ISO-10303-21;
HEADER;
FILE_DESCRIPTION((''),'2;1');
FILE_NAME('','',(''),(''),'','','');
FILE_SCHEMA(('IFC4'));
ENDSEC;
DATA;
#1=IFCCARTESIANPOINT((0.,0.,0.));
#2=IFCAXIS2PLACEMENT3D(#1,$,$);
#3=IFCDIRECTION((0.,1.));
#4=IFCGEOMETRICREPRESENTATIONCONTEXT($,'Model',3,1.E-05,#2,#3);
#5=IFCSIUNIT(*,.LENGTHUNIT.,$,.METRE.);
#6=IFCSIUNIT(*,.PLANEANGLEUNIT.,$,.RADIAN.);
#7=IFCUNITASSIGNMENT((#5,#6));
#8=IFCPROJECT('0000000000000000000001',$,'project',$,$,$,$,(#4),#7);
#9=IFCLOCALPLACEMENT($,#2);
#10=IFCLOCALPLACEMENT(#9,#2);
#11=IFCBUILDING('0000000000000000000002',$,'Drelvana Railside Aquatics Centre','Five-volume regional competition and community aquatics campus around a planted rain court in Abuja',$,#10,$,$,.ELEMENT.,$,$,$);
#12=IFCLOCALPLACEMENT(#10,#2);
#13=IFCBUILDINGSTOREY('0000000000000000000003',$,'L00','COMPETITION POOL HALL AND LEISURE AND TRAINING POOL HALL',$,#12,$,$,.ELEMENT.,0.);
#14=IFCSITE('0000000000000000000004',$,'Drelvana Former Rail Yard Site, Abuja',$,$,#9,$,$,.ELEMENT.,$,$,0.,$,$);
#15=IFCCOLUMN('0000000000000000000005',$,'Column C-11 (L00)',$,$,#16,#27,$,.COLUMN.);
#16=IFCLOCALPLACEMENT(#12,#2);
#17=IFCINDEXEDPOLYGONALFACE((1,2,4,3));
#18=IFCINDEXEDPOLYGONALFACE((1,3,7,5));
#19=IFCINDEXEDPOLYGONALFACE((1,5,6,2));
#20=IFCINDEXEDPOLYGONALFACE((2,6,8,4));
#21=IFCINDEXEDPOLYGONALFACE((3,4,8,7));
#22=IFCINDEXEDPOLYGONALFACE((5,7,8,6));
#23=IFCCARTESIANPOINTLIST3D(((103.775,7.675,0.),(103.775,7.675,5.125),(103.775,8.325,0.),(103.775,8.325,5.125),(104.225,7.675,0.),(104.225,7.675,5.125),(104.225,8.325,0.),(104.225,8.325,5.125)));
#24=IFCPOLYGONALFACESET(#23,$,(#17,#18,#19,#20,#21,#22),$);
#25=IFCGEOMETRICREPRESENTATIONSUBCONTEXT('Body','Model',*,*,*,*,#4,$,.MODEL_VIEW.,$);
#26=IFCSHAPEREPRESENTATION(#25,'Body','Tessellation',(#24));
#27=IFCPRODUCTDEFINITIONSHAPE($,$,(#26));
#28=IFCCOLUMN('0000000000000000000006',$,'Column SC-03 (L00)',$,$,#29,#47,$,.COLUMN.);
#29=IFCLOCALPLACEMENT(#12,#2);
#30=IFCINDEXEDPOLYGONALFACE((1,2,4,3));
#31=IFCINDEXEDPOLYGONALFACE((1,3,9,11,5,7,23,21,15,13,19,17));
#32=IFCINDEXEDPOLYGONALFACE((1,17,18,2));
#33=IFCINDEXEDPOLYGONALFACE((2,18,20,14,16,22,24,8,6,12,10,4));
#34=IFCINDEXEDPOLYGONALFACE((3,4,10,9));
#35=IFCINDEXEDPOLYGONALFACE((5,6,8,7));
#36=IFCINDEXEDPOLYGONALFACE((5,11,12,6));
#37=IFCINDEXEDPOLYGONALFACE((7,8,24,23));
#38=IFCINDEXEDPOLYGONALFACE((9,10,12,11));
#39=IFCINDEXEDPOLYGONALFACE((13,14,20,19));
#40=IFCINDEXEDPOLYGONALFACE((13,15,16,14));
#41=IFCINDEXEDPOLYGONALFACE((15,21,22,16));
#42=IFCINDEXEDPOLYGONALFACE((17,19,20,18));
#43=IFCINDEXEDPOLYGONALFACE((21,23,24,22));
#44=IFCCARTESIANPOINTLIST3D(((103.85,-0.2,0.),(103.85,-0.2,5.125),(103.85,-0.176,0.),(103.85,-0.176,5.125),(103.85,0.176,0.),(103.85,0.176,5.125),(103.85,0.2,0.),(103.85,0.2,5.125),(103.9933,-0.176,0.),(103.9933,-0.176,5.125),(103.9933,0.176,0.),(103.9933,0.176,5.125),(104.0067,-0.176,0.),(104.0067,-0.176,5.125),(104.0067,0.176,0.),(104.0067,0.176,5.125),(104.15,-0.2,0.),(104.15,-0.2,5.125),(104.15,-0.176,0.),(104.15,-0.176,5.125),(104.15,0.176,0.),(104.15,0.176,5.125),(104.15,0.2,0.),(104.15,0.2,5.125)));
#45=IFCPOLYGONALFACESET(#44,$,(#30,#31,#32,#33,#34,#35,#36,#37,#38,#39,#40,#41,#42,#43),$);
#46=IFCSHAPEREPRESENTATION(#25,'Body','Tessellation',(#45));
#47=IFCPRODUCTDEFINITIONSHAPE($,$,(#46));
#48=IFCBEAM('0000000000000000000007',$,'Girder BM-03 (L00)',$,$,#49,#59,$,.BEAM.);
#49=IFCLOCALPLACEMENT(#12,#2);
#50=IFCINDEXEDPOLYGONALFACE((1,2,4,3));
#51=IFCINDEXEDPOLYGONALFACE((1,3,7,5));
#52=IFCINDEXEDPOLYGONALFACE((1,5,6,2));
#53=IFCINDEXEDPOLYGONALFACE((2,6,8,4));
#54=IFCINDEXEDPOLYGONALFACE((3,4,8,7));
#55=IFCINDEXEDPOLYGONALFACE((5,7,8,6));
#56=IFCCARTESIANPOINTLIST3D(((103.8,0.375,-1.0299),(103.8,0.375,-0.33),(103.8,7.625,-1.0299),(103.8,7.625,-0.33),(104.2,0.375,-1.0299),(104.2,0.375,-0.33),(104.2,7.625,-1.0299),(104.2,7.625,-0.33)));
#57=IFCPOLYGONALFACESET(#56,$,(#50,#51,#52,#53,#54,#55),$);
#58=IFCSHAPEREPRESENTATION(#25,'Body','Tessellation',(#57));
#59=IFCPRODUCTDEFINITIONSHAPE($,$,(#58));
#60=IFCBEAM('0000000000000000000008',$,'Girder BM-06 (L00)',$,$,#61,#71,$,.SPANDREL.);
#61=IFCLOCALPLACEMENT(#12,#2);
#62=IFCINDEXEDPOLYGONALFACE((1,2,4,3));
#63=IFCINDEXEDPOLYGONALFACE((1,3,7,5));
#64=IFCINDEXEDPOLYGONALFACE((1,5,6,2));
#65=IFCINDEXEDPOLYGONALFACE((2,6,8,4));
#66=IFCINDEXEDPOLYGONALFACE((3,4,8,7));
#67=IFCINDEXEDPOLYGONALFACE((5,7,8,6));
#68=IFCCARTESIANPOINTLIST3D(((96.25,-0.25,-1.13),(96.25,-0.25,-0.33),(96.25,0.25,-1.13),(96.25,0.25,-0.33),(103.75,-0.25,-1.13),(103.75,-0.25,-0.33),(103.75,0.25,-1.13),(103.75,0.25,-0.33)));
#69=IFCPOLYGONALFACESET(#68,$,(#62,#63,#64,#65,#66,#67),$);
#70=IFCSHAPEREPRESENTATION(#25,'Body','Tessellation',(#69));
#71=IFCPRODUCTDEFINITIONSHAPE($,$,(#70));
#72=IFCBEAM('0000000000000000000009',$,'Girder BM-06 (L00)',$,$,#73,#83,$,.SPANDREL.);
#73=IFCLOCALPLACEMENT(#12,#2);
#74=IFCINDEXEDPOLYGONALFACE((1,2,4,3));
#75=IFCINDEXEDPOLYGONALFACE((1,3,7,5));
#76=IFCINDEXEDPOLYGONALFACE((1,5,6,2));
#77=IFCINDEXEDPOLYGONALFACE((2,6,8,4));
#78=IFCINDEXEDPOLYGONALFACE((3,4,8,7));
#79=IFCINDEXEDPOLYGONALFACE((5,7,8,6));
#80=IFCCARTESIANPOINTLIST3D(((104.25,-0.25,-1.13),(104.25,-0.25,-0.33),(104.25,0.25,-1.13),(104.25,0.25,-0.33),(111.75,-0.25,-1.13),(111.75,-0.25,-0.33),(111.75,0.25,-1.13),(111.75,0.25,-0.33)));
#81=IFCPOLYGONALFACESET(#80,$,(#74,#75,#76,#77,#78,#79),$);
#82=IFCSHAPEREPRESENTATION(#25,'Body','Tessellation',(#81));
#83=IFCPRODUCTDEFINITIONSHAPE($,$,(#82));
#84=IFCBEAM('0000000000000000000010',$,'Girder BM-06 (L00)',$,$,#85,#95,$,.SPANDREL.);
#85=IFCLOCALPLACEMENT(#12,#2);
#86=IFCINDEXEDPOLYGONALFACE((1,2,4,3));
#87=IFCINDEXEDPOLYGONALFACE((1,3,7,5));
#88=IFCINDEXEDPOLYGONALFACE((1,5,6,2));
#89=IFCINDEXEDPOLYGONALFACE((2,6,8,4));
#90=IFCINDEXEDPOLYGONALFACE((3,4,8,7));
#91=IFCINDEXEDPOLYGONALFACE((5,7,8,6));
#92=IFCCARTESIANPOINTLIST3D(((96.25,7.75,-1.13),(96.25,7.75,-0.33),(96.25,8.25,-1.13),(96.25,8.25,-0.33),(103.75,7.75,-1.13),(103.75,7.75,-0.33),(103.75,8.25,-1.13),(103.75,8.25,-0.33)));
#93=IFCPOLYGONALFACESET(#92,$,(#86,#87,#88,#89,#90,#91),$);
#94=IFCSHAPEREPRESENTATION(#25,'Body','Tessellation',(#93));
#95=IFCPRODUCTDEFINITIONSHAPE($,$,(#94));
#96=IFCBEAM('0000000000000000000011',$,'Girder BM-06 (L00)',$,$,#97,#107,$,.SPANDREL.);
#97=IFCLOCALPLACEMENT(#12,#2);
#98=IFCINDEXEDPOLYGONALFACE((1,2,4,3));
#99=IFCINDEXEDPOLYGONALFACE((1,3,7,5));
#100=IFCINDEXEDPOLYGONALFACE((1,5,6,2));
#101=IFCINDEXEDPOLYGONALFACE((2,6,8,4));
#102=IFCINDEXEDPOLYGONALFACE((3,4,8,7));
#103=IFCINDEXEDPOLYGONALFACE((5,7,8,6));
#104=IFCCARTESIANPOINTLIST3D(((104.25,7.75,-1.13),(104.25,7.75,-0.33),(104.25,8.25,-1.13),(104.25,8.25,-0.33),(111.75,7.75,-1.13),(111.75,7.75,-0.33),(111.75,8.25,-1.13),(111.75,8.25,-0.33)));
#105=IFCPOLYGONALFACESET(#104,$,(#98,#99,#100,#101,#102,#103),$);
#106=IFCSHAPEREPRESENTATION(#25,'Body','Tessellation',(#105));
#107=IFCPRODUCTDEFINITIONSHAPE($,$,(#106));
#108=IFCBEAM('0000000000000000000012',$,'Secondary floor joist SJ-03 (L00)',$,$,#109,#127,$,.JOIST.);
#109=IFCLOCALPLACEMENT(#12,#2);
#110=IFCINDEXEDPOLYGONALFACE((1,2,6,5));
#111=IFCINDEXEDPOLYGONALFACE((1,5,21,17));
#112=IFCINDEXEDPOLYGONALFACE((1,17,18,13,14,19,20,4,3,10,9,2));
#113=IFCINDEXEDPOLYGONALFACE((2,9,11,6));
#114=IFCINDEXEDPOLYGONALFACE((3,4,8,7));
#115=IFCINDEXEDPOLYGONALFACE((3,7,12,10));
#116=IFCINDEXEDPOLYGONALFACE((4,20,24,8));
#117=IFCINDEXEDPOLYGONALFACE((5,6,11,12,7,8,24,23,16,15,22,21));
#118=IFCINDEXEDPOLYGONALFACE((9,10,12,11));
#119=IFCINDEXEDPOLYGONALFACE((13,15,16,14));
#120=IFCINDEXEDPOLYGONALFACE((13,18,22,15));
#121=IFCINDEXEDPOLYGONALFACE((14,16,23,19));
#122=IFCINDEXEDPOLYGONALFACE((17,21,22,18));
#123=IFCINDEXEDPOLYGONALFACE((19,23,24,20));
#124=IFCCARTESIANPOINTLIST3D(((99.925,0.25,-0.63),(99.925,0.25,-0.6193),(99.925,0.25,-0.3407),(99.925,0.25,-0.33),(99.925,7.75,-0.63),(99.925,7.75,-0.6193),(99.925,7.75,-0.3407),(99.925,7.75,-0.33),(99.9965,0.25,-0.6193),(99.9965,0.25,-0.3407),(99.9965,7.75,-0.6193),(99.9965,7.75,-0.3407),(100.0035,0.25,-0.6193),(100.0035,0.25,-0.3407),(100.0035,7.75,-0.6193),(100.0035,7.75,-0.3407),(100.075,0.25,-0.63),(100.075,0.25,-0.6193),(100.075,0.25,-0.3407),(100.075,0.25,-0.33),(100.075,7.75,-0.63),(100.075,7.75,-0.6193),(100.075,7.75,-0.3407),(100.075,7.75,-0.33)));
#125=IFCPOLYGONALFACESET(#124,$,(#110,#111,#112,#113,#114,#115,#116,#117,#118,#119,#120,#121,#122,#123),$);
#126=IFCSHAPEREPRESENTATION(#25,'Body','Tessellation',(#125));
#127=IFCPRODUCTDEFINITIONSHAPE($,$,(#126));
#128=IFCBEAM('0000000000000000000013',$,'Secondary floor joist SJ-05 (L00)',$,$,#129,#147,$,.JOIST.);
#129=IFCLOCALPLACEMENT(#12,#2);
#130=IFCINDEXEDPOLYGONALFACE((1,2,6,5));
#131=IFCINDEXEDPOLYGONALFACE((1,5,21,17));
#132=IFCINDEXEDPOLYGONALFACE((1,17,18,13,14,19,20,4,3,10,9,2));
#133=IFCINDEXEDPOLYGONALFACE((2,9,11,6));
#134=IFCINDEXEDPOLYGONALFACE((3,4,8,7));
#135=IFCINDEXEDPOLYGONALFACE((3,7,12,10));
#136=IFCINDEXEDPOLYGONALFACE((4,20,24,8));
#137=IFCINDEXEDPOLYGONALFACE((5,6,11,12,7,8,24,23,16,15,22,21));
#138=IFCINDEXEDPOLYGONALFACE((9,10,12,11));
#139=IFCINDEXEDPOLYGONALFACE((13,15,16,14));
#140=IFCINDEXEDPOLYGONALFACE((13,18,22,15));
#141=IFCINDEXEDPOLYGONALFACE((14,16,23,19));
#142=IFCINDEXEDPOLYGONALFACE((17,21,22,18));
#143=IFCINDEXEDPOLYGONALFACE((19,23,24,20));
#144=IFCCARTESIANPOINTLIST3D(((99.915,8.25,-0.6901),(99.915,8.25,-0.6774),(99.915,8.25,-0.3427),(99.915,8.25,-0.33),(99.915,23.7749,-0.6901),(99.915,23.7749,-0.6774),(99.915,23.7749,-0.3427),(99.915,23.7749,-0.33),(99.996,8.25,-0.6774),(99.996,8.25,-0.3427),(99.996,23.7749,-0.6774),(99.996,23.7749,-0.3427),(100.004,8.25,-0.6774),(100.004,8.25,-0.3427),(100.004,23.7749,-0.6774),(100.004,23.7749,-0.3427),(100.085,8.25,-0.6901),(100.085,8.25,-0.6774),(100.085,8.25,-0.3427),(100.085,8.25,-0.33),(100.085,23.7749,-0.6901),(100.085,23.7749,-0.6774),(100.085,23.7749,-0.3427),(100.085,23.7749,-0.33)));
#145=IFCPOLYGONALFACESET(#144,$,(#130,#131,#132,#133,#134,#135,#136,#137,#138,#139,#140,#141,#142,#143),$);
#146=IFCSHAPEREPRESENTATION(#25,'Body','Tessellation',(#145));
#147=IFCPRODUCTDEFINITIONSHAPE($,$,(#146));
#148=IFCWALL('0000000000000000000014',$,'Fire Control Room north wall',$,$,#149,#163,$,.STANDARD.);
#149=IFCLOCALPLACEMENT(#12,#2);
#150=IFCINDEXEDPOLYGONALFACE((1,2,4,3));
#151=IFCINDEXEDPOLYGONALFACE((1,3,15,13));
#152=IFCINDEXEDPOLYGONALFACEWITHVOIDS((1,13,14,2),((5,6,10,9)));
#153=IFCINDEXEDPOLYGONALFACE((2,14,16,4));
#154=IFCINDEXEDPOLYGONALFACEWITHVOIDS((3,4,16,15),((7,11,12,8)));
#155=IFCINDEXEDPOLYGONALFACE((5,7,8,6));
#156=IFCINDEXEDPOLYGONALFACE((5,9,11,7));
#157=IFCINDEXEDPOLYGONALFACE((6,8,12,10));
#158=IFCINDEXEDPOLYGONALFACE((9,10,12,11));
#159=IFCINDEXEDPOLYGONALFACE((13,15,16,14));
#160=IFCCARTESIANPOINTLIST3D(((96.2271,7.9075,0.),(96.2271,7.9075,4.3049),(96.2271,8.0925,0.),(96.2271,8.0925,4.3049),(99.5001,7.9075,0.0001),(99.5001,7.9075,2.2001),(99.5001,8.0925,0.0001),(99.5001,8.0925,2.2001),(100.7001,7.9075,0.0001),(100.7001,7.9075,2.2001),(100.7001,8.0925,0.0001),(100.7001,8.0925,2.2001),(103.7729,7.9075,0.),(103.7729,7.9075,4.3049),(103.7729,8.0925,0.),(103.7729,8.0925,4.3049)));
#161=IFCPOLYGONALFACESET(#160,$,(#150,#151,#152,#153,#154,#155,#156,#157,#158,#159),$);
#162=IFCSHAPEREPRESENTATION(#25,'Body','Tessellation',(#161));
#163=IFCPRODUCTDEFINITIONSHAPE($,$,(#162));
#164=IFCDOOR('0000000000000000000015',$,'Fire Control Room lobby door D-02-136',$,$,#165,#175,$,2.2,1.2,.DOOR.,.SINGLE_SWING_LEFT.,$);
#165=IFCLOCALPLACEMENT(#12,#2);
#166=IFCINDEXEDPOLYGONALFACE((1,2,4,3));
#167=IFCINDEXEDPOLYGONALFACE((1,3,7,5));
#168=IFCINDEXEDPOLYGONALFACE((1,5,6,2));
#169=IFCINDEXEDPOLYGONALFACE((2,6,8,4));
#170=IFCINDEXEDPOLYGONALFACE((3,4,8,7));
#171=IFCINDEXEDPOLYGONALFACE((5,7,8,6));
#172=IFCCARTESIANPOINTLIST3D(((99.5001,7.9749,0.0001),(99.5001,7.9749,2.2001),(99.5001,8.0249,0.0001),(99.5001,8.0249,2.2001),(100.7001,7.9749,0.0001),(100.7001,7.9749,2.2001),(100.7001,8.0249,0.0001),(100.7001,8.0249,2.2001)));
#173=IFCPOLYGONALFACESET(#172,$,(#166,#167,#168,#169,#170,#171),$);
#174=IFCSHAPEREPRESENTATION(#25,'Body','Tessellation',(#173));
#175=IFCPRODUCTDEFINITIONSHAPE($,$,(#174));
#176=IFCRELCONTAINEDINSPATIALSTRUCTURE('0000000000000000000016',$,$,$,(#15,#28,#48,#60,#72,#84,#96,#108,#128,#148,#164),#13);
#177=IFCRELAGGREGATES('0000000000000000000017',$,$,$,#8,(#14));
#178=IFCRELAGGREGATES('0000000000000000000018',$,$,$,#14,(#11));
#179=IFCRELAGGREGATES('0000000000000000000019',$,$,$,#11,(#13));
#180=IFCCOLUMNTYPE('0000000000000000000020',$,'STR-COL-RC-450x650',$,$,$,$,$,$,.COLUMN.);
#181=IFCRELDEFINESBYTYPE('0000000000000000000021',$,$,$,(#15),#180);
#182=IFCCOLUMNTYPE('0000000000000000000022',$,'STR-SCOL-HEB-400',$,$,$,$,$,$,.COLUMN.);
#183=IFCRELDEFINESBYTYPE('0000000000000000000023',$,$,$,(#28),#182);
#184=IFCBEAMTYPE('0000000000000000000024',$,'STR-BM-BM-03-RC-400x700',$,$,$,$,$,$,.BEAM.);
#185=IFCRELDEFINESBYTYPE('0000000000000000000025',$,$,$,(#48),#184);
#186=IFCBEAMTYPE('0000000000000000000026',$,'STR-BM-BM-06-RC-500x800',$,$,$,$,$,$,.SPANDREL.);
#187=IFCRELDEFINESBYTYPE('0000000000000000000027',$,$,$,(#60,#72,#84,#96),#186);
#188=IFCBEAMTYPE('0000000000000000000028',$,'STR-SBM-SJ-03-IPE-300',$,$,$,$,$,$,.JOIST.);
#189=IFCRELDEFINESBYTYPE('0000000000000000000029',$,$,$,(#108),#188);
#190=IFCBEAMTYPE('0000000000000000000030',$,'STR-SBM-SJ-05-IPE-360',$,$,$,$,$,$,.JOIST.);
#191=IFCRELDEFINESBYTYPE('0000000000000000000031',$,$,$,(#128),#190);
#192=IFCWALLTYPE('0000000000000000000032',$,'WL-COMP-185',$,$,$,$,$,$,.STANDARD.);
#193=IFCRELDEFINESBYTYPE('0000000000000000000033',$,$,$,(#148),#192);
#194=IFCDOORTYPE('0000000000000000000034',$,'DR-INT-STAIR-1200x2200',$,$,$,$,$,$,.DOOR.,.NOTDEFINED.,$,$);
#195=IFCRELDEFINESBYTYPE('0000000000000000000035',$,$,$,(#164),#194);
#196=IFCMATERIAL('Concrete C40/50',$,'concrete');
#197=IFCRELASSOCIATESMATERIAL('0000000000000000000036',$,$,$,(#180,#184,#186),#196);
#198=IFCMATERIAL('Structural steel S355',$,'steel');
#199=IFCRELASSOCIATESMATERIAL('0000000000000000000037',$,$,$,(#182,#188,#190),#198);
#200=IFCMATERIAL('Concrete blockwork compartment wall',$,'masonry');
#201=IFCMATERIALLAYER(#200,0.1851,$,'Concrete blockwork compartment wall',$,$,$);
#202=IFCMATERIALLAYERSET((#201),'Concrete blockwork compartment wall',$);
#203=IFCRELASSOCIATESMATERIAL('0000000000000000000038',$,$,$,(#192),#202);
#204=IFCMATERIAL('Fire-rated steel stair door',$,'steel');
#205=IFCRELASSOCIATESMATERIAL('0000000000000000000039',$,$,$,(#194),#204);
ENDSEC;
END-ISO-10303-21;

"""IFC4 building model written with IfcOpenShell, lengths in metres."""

from ifc_helpers import new_model, si_unit, direction, frame, frame_2d, origin, origin_2d, place, context, subcontext, project, spatial, rectangle, i_section, extrude, material, layer, layer_set, material_profile, profile_set, type_object, element, fill, save


model = new_model("IFC4")

# Units and contexts
model_context = context("Model", 3, precision=1e-05, world=origin(), true_north=direction((0.0, 1.0)))
body_context = subcontext(model_context, "Body", "Model", "MODEL_VIEW")
ifc_project = project(units=[si_unit("LENGTHUNIT", "METRE"), si_unit("PLANEANGLEUNIT", "RADIAN")], contexts=[model_context])

# Site, building, storey
site_placement = place(None, origin())
site = spatial("IfcSite", under=ifc_project, at=site_placement, Name="Drelvana Former Rail Yard Site, Abuja", CompositionType="ELEMENT", RefElevation=0.0)
building_placement = place(site_placement, origin())
building = spatial("IfcBuilding", under=site, at=building_placement, Name="Drelvana Railside Aquatics Centre", Description="Five-volume regional competition and community aquatics campus around a planted rain court in Abuja", CompositionType="ELEMENT")
storey_placement = place(building_placement, origin())
storey = spatial("IfcBuildingStorey", under=building, at=storey_placement, Name="L00", Description="COMPETITION POOL HALL AND LEISURE AND TRAINING POOL HALL", CompositionType="ELEMENT", Elevation=0.0)

# Columns
ifc_material_1 = material(Name="Concrete C40/50", Category="concrete")
ifc_material_profile_1 = material_profile(ifc_material_1, rectangle(XDim=0.45, YDim=0.6499, at=origin_2d()), Name="RC 450x650")
ifc_profile_set_1 = profile_set([ifc_material_profile_1], Name="Concrete C40/50")
column_type_1 = type_object("IfcColumnType", Name="STR-COL-RC-450x650", PredefinedType="COLUMN", material=ifc_profile_set_1)
column_1_placement = place(storey_placement, frame((104.0, 8.0, 0.0), z_axis=(0.0, 0.0, 1.0), x_axis=(1.0, 0.0, 0.0)))
element("IfcColumn", 1, at=column_1_placement, inside=storey, type_object=column_type_1, Name="Column C-11 (L00)", PredefinedType="COLUMN", context=body_context, shape_type="SweptSolid", body=[
    extrude(rectangle(XDim=0.45, YDim=0.6499, at=origin_2d()), origin(), (0.0, 0.0, 1.0), 5.125),
])
ifc_material_2 = material(Name="Structural steel S355", Category="steel")
ifc_material_profile_2 = material_profile(ifc_material_2, i_section(OverallWidth=0.3, OverallDepth=0.3999, WebThickness=0.0134, FlangeThickness=0.0239, at=origin_2d()), Name="HEB 400")
ifc_profile_set_2 = profile_set([ifc_material_profile_2], Name="Structural steel S355")
column_type_2 = type_object("IfcColumnType", Name="STR-SCOL-HEB-400", PredefinedType="COLUMN", material=ifc_profile_set_2)
column_2_placement = place(storey_placement, frame((104.0, 0.0, 0.0), z_axis=(0.0, 0.0, 1.0), x_axis=(1.0, 0.0, 0.0)))
element("IfcColumn", 2, at=column_2_placement, inside=storey, type_object=column_type_2, Name="Column SC-03 (L00)", PredefinedType="COLUMN", context=body_context, shape_type="SweptSolid", body=[
    extrude(i_section(OverallWidth=0.3, OverallDepth=0.3999, WebThickness=0.0134, FlangeThickness=0.0239, at=origin_2d()), origin(), (0.0, 0.0, 1.0), 5.125),
])

# Beams
ifc_material_profile_3 = material_profile(ifc_material_1, rectangle(XDim=0.3999, YDim=0.7, at=origin_2d()), Name="RC 400x700")
ifc_profile_set_3 = profile_set([ifc_material_profile_3], Name="Concrete C40/50")
beam_type_1 = type_object("IfcBeamType", Name="STR-BM-BM-03-RC-400x700", PredefinedType="BEAM", material=ifc_profile_set_3)
beam_1_placement = place(storey_placement, frame((104.0, 0.375, -0.6799), z_axis=(0.0, 1.0, 0.0), x_axis=(-1.0, 0.0, 0.0)))
element("IfcBeam", 3, at=beam_1_placement, inside=storey, type_object=beam_type_1, Name="Girder BM-03 (L00)", PredefinedType="BEAM", context=body_context, shape_type="SweptSolid", body=[
    extrude(rectangle(XDim=0.3999, YDim=0.7, at=origin_2d()), origin(), (0.0, 0.0, 1.0), 7.25),
])
ifc_material_profile_4 = material_profile(ifc_material_1, rectangle(XDim=0.5, YDim=0.8, at=origin_2d()), Name="RC 500x800")
ifc_profile_set_4 = profile_set([ifc_material_profile_4], Name="Concrete C40/50")
beam_type_2 = type_object("IfcBeamType", Name="STR-BM-BM-06-RC-500x800", PredefinedType="SPANDREL", material=ifc_profile_set_4)
for number, where, z_axis, x_axis, name in (
    (4, (96.25, 0.0, -0.73), (1.0, 0.0, 0.0), (0.0, 1.0, 0.0), "Girder BM-06 (L00)"),
    (5, (104.25, 0.0, -0.73), (1.0, 0.0, 0.0), (0.0, 1.0, 0.0), "Girder BM-06 (L00)"),
    (6, (96.25, 8.0, -0.73), (1.0, 0.0, 0.0), (0.0, 1.0, 0.0), "Girder BM-06 (L00)"),
    (7, (104.25, 8.0, -0.73), (1.0, 0.0, 0.0), (0.0, 1.0, 0.0), "Girder BM-06 (L00)"),
):
    element("IfcBeam", number, at=place(storey_placement, frame(where, z_axis=z_axis, x_axis=x_axis)), inside=storey, type_object=beam_type_2, Name=name, PredefinedType="SPANDREL", context=body_context, shape_type="SweptSolid", body=[
        extrude(rectangle(XDim=0.5, YDim=0.8, at=origin_2d()), origin(), (0.0, 0.0, 1.0), 7.5),
    ])
ifc_material_profile_5 = material_profile(ifc_material_2, i_section(OverallWidth=0.1499, OverallDepth=0.3, WebThickness=0.0071, FlangeThickness=0.0107, at=origin_2d()), Name="IPE 300")
ifc_profile_set_5 = profile_set([ifc_material_profile_5], Name="Structural steel S355")
beam_type_3 = type_object("IfcBeamType", Name="STR-SBM-SJ-03-IPE-300", PredefinedType="JOIST", material=ifc_profile_set_5)
beam_2_placement = place(storey_placement, frame((100.0, 0.25, -0.48), z_axis=(0.0, 1.0, 0.0), x_axis=(-1.0, 0.0, 0.0)))
element("IfcBeam", 8, at=beam_2_placement, inside=storey, type_object=beam_type_3, Name="Secondary floor joist SJ-03 (L00)", PredefinedType="JOIST", context=body_context, shape_type="SweptSolid", body=[
    extrude(i_section(OverallWidth=0.1499, OverallDepth=0.3, WebThickness=0.0071, FlangeThickness=0.0107, at=origin_2d()), origin(), (0.0, 0.0, 1.0), 7.5),
])
ifc_material_profile_6 = material_profile(ifc_material_2, i_section(OverallWidth=0.1699, OverallDepth=0.3601, WebThickness=0.0081, FlangeThickness=0.0127, at=origin_2d()), Name="IPE 360")
ifc_profile_set_6 = profile_set([ifc_material_profile_6], Name="Structural steel S355")
beam_type_4 = type_object("IfcBeamType", Name="STR-SBM-SJ-05-IPE-360", PredefinedType="JOIST", material=ifc_profile_set_6)
beam_3_placement = place(storey_placement, frame((100.0, 8.25, -0.51), z_axis=(0.0, 1.0, 0.0), x_axis=(-1.0, 0.0, 0.0)))
element("IfcBeam", 9, at=beam_3_placement, inside=storey, type_object=beam_type_4, Name="Secondary floor joist SJ-05 (L00)", PredefinedType="JOIST", context=body_context, shape_type="SweptSolid", body=[
    extrude(i_section(OverallWidth=0.1699, OverallDepth=0.3601, WebThickness=0.0081, FlangeThickness=0.0127, at=origin_2d()), origin(), (0.0, 0.0, 1.0), 15.5249),
])

# Wall, opening, door
ifc_material_3 = material(Name="Concrete blockwork compartment wall", Category="masonry")
ifc_layer_1 = layer(ifc_material_3, 0.1851, Name="Concrete blockwork compartment wall")
ifc_layer_set_1 = layer_set([ifc_layer_1], Name="Concrete blockwork compartment wall")
wall_type_1 = type_object("IfcWallType", Name="WL-COMP-185", PredefinedType="STANDARD", material=ifc_layer_set_1)
wall_1_placement = place(storey_placement, frame((96.2271, 8.0, 0.0), z_axis=(0.0, 0.0, 1.0), x_axis=(1.0, 0.0, 0.0)))
wall_1 = element("IfcWall", 10, at=wall_1_placement, inside=storey, type_object=wall_type_1, Name="Fire Control Room north wall", PredefinedType="STANDARD", context=body_context, shape_type="SweptSolid", body=[
    extrude(rectangle(XDim=7.5459, YDim=0.1851, at=frame_2d((3.7729, 0.0))), origin(), (0.0, 0.0, 1.0), 4.3049),
])
opening_1_placement = place(wall_1_placement, frame((3.2729, 0.0, 0.0)))
opening_1 = element("IfcOpeningElement", 11, at=opening_1_placement, cuts=wall_1, PredefinedType="OPENING", context=body_context, shape_type="SweptSolid", body=[
    extrude(rectangle(XDim=1.2, YDim=2.2, at=frame_2d((0.6001, 1.1001))), frame((0.0, 0.1025, 0.0), z_axis=(0.0, -1.0, 0.0), x_axis=(1.0, 0.0, 0.0)), (0.0, 0.0, 1.0), 0.2051),
])
ifc_material_4 = material(Name="Fire-rated steel stair door", Category="steel")
door_type_1 = type_object("IfcDoorType", Name="DR-INT-STAIR-1200x2200", OperationType="NOTDEFINED", PredefinedType="DOOR", material=ifc_material_4)
door_1_placement = place(opening_1_placement, origin())
door_1 = element("IfcDoor", 12, at=door_1_placement, inside=storey, type_object=door_type_1, Name="Fire Control Room lobby door D-02-136", OperationType="SINGLE_SWING_LEFT", OverallHeight=2.2, OverallWidth=1.2, PredefinedType="DOOR", context=body_context, shape_type="SweptSolid", body=[
    extrude(rectangle(XDim=1.2, YDim=2.2, at=frame_2d((0.6001, 1.1001))), frame((0.0, 0.0249, 0.0), z_axis=(0.0, -1.0, 0.0), x_axis=(1.0, 0.0, 0.0)), (0.0, 0.0, 1.0), 0.05),
])
fill(opening_1, door_1)

save(model, "model.ifc")
